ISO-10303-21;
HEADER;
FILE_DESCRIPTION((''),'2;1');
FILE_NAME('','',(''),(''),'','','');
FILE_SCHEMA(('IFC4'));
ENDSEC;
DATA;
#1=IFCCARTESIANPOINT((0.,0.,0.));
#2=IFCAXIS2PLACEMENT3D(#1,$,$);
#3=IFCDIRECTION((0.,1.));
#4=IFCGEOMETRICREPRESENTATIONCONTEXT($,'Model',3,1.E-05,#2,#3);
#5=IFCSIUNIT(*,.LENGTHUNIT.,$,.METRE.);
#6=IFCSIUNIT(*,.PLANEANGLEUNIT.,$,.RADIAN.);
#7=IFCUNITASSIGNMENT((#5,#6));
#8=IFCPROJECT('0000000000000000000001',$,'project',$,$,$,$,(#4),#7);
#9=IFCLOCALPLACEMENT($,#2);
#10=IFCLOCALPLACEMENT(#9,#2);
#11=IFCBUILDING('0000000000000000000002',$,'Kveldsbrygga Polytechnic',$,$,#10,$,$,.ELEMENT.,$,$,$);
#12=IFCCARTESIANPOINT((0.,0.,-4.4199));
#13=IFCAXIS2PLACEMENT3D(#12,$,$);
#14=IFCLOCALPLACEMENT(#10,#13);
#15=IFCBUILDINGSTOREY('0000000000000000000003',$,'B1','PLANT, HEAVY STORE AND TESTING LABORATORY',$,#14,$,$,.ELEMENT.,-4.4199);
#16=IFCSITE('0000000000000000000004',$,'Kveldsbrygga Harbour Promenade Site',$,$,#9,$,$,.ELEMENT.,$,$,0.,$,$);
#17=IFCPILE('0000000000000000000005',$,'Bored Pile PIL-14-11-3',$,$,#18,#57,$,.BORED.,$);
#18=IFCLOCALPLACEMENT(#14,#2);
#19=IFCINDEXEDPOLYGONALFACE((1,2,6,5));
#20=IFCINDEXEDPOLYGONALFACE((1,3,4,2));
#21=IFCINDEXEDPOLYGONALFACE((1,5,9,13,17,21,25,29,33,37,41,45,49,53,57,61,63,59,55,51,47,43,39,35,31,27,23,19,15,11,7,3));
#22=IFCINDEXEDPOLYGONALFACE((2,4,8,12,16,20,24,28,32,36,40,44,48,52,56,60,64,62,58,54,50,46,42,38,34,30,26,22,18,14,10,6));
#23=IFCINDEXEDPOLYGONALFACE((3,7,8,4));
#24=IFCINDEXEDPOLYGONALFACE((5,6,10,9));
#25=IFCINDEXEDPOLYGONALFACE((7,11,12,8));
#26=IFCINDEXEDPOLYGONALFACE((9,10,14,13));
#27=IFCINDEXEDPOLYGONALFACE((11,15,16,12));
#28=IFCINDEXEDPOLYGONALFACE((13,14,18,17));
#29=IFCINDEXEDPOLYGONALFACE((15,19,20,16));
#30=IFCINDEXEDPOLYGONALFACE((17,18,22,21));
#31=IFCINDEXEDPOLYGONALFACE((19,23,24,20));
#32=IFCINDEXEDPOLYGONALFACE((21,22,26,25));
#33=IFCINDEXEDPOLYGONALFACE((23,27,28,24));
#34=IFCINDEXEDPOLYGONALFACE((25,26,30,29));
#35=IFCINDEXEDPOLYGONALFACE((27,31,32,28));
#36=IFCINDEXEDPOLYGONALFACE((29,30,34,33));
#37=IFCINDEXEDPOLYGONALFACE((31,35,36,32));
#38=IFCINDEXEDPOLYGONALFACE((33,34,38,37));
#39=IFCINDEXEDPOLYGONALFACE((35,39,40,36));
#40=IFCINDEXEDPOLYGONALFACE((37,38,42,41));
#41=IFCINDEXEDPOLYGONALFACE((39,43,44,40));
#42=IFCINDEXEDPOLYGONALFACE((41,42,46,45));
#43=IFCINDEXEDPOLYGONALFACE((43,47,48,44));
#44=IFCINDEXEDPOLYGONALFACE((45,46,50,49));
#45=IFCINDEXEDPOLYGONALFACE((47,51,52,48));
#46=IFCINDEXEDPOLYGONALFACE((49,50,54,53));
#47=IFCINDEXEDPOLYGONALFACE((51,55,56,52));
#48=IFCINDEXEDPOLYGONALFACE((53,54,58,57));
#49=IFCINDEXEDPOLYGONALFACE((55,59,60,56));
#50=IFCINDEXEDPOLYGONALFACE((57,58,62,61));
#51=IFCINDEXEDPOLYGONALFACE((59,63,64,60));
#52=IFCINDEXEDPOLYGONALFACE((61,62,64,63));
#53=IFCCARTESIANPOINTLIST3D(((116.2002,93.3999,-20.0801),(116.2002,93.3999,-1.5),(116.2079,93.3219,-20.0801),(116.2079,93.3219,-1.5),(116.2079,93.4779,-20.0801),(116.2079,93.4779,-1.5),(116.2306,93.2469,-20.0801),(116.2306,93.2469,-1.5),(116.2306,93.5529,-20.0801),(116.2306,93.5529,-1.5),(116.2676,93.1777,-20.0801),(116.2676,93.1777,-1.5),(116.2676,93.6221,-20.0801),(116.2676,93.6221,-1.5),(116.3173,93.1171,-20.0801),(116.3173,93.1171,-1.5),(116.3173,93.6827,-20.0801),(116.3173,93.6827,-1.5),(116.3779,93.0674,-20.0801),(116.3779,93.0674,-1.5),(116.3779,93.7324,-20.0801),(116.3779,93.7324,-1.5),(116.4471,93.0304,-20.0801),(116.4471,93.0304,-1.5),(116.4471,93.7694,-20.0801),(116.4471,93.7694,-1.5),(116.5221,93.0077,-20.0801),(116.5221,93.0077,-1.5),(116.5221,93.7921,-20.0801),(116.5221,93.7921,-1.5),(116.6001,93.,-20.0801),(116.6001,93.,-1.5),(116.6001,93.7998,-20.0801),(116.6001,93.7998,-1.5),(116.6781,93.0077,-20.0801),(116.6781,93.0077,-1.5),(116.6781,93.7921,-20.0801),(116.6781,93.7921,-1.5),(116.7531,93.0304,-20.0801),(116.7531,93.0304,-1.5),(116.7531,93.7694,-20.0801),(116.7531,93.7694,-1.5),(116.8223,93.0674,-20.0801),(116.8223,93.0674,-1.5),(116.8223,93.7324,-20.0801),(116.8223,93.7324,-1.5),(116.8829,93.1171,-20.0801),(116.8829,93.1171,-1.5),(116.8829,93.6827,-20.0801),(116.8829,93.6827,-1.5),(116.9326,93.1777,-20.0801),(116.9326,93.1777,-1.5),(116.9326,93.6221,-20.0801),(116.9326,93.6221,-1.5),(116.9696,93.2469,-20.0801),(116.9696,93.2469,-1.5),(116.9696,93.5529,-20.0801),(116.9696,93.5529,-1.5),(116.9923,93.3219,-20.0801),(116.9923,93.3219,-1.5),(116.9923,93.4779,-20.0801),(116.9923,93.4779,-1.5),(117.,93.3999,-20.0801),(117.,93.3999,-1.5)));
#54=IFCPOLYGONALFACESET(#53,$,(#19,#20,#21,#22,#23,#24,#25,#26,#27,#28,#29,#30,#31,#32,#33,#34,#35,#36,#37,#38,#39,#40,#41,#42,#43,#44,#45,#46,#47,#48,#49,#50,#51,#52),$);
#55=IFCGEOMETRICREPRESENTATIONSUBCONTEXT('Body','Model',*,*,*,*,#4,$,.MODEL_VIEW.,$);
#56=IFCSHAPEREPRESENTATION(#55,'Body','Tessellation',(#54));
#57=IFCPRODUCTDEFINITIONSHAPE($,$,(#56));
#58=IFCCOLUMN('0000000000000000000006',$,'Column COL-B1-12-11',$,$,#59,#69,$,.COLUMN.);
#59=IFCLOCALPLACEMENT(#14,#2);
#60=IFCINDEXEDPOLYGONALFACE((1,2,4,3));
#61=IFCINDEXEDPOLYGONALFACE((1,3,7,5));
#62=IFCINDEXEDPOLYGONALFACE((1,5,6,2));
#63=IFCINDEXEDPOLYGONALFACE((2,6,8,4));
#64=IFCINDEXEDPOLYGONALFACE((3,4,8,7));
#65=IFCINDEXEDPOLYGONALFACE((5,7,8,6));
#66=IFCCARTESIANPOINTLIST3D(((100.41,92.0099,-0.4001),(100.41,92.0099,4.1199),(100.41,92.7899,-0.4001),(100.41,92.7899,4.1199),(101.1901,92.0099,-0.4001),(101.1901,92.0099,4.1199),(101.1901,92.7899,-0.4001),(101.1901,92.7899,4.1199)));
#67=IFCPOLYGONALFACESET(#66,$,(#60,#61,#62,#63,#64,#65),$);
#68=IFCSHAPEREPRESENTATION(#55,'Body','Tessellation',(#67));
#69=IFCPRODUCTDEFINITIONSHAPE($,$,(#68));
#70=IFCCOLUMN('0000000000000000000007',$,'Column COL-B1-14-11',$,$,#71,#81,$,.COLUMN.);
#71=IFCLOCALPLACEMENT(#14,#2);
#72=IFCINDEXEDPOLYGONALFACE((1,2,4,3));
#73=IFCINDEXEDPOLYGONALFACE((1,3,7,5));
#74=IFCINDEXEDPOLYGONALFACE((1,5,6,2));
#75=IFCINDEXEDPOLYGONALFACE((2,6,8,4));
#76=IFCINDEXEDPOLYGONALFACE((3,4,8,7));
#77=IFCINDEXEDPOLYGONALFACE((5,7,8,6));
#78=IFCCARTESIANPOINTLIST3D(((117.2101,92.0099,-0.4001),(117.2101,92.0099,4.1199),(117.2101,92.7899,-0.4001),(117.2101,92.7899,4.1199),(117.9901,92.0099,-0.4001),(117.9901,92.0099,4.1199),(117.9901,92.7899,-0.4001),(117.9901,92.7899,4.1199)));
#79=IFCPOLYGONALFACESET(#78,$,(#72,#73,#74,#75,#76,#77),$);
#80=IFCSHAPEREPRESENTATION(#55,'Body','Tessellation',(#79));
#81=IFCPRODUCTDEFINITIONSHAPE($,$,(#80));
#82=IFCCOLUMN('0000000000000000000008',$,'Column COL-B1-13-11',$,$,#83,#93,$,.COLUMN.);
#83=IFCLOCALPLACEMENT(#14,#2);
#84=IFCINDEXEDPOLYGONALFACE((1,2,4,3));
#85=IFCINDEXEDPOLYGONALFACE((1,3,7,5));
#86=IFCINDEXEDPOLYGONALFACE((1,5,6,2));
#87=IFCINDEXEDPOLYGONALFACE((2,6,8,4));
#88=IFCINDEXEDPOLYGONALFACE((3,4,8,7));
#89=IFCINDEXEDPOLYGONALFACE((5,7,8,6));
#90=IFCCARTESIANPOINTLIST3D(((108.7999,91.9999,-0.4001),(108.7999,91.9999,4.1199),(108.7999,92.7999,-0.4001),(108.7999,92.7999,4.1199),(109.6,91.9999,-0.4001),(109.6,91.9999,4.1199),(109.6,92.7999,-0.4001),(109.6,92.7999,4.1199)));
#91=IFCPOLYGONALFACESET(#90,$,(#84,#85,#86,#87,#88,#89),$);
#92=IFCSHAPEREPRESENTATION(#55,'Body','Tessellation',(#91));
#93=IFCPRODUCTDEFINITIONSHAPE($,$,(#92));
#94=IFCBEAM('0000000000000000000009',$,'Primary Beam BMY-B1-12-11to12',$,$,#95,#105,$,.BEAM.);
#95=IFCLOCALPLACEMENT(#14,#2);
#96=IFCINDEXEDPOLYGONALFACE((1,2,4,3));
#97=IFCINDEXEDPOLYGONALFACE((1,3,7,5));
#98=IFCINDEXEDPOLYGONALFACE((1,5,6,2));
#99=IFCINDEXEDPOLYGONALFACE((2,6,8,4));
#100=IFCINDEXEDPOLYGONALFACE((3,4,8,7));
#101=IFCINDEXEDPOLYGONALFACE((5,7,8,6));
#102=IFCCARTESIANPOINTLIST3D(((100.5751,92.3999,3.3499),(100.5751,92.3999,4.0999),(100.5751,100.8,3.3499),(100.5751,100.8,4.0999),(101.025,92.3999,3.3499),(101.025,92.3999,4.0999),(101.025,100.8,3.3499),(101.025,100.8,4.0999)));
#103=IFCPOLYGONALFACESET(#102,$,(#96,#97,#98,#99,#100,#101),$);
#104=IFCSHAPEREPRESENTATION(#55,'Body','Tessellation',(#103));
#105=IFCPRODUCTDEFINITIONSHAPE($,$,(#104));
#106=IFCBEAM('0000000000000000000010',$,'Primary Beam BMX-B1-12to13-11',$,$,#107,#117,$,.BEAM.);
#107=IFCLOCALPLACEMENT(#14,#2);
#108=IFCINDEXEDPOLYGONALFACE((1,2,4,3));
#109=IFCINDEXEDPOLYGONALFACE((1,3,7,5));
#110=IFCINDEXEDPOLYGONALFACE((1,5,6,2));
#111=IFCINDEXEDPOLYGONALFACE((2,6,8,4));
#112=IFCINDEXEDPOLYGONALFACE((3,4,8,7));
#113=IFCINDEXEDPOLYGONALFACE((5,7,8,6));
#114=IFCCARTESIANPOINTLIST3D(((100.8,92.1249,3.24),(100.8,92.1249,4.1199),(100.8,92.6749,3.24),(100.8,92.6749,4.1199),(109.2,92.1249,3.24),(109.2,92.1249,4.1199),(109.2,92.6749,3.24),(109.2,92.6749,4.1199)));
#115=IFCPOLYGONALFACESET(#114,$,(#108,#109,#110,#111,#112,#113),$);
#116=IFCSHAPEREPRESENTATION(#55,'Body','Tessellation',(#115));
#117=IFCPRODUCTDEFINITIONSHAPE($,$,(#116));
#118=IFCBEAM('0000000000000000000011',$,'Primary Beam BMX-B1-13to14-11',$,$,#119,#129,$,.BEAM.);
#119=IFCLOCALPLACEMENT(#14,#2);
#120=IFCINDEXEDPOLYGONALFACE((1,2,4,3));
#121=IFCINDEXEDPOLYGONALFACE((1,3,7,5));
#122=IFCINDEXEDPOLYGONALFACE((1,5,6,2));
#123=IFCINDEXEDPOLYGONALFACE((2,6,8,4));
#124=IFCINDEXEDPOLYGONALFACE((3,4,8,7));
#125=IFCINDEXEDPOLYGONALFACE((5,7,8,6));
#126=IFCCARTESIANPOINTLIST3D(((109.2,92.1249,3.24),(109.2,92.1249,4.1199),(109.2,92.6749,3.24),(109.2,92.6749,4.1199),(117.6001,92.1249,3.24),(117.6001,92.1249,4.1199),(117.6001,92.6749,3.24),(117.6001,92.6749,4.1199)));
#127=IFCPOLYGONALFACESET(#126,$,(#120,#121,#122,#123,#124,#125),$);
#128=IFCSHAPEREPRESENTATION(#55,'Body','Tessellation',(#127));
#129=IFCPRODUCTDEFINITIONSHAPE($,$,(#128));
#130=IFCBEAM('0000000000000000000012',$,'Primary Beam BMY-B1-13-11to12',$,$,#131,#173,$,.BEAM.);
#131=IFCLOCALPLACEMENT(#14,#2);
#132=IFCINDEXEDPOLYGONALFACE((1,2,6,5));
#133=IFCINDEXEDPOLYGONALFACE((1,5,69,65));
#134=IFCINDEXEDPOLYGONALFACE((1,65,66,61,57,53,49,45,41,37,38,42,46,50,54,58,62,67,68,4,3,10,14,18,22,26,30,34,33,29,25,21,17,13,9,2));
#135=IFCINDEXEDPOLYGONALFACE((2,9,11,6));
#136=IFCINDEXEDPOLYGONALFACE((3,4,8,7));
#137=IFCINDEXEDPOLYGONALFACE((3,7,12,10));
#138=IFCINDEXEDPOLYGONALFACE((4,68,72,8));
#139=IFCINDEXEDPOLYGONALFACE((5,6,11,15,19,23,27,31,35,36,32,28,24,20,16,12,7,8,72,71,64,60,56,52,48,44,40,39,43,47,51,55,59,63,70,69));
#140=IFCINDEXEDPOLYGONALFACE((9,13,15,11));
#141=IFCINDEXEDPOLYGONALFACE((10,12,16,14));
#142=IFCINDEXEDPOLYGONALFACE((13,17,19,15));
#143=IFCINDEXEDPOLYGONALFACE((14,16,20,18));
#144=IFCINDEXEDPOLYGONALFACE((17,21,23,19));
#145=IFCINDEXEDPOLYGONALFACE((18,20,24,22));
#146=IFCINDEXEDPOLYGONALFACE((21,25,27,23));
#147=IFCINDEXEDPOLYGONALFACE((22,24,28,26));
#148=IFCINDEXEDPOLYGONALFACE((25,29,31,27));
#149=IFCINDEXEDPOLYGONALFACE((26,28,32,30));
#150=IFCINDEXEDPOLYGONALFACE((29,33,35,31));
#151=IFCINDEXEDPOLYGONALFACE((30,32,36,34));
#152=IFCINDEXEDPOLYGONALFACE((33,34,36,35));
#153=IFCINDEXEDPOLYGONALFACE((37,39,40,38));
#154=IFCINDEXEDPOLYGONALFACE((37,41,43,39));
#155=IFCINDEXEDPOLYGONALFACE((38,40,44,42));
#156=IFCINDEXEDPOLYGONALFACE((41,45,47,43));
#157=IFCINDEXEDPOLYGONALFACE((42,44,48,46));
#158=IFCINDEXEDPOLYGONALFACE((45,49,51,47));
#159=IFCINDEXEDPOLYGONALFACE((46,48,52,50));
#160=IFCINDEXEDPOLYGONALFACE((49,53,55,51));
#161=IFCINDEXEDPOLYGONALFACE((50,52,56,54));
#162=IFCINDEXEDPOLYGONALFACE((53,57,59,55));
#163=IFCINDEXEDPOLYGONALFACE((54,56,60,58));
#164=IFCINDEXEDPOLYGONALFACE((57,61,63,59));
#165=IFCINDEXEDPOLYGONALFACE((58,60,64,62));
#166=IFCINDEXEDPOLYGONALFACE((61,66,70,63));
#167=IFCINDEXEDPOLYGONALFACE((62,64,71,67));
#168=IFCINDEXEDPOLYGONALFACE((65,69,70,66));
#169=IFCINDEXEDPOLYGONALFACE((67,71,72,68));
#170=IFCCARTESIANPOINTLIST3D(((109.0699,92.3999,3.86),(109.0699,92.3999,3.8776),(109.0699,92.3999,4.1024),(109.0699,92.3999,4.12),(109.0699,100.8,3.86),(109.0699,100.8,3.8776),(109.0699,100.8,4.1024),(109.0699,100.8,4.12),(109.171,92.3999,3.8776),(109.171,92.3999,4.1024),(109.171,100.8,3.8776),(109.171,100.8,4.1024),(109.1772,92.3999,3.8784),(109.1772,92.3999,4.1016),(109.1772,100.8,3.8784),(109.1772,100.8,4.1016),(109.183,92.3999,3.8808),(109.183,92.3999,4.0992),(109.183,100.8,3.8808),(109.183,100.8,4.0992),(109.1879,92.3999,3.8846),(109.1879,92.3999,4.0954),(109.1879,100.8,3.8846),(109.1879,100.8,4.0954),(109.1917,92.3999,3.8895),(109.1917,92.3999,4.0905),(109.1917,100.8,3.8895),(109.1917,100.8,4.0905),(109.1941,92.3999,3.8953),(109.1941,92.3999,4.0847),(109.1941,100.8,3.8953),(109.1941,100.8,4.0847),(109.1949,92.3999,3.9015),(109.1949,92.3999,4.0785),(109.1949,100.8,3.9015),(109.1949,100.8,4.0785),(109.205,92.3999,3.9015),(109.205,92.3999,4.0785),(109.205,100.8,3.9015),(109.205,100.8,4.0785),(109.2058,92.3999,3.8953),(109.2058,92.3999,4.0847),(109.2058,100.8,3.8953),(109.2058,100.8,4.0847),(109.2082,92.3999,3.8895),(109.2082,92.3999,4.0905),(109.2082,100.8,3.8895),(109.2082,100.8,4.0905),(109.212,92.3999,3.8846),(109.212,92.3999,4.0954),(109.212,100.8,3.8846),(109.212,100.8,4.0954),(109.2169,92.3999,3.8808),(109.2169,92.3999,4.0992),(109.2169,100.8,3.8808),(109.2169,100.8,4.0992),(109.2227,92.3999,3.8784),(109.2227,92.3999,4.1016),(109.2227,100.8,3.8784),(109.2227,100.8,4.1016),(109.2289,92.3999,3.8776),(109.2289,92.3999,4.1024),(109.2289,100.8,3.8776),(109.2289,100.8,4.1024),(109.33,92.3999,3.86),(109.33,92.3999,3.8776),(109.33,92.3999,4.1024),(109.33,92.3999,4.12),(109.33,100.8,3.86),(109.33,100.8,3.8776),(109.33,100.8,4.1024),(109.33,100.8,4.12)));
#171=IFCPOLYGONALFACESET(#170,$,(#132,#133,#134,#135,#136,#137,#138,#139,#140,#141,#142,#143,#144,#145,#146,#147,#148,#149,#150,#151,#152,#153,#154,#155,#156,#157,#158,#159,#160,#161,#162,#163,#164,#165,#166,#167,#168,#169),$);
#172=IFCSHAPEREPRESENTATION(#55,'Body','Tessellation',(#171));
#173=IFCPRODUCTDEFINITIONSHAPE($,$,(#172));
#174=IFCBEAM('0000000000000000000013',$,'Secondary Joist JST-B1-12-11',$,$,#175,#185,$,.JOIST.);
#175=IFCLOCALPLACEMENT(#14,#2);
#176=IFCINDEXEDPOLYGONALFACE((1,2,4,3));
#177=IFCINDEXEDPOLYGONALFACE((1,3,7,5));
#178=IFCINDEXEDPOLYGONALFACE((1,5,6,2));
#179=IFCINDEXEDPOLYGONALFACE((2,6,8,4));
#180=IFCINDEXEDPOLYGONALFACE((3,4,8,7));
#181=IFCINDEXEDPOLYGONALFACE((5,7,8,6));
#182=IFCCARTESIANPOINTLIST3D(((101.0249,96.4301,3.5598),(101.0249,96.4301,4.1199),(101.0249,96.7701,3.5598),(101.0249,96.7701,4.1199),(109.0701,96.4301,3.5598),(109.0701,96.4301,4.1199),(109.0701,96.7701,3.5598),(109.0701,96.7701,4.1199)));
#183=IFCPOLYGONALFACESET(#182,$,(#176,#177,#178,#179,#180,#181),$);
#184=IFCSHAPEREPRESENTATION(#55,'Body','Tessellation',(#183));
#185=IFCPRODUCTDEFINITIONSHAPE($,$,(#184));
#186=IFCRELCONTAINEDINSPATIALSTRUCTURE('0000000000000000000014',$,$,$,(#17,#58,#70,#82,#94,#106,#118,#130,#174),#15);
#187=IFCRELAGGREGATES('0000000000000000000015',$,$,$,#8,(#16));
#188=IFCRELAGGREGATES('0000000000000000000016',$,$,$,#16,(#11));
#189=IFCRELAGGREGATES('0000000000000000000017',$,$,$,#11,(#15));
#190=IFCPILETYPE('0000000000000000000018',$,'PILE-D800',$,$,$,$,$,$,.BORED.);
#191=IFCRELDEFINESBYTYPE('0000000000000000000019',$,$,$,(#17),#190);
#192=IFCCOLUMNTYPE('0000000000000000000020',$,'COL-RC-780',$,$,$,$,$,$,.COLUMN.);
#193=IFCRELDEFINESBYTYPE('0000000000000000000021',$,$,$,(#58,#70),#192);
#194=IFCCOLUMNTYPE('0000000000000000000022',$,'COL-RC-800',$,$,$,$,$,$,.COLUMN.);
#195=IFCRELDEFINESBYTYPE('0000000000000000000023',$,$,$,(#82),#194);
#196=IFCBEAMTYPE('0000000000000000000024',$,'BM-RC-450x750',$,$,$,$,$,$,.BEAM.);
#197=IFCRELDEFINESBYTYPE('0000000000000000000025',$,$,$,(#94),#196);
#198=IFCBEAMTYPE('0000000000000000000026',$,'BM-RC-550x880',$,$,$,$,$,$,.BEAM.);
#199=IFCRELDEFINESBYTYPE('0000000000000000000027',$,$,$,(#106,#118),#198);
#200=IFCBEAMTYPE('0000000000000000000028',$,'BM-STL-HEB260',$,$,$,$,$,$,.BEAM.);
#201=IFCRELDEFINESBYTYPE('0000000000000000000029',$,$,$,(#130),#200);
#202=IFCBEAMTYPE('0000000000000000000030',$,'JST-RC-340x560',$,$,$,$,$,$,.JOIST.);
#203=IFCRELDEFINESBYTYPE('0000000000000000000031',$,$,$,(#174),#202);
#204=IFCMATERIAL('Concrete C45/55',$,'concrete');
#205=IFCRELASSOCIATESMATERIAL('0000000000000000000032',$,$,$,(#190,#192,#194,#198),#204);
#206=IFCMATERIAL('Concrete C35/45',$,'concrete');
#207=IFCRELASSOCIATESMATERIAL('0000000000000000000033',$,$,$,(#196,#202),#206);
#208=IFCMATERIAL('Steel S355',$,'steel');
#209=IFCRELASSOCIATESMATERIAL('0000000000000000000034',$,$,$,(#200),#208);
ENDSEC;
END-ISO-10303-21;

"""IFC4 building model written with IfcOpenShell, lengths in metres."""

from ifc_helpers import new_model, si_unit, direction, frame, origin, origin_2d, place, context, subcontext, project, spatial, rectangle, circle, i_section, extrude, material, material_profile, profile_set, type_object, element, save


model = new_model("IFC4")

# Units and contexts
model_context = context("Model", 3, precision=1e-05, world=origin(), true_north=direction((0.0, 1.0)))
body_context = subcontext(model_context, "Body", "Model", "MODEL_VIEW")
ifc_project = project(units=[si_unit("LENGTHUNIT", "METRE"), si_unit("PLANEANGLEUNIT", "RADIAN")], contexts=[model_context])

# Site, building, storey
site_placement = place(None, origin())
site = spatial("IfcSite", under=ifc_project, at=site_placement, Name="Kveldsbrygga Harbour Promenade Site", CompositionType="ELEMENT", RefElevation=0.0)
building_placement = place(site_placement, origin())
building = spatial("IfcBuilding", under=site, at=building_placement, Name="Kveldsbrygga Polytechnic", CompositionType="ELEMENT")
storey_placement = place(building_placement, frame((0.0, 0.0, -4.4199)))
storey = spatial("IfcBuildingStorey", under=building, at=storey_placement, Name="B1", Description="PLANT, HEAVY STORE AND TESTING LABORATORY", CompositionType="ELEMENT", Elevation=-4.4199)

# Shared definitions
ifc_material_1 = material(Name="Concrete C45/55", Category="concrete")

# Pile
ifc_material_profile_1 = material_profile(ifc_material_1, circle(Radius=0.3999, at=origin_2d()), Name="PILE D800")
ifc_profile_set_1 = profile_set([ifc_material_profile_1], Name="Concrete C45/55")
pile_type = type_object("IfcPileType", Name="PILE-D800", PredefinedType="BORED", material=ifc_profile_set_1)
for number, where, z_axis, x_axis, name in (
    (1, (116.6001, 93.3999, -1.5), (0.0, 0.0, -1.0), (1.0, 0.0, 0.0), "Bored Pile PIL-14-11-3"),
):
    element("IfcPile", number, at=place(storey_placement, frame(where, z_axis=z_axis, x_axis=x_axis)), inside=storey, type_object=pile_type, Name=name, PredefinedType="BORED", context=body_context, shape_type="SweptSolid", body=[
        extrude(circle(Radius=0.3999, at=origin_2d()), origin(), (0.0, 0.0, 1.0), 18.5801),
    ])

# Columns
ifc_material_profile_2 = material_profile(ifc_material_1, rectangle(XDim=0.78, YDim=0.78, at=origin_2d()), Name="RC 780x780")
ifc_profile_set_2 = profile_set([ifc_material_profile_2], Name="Concrete C45/55")
column_type_1 = type_object("IfcColumnType", Name="COL-RC-780", PredefinedType="COLUMN", material=ifc_profile_set_2)
for number, where, z_axis, x_axis, name in (
    (2, (100.8, 92.3999, -0.4001), (0.0, 0.0, 1.0), (1.0, 0.0, 0.0), "Column COL-B1-12-11"),
    (3, (117.6001, 92.3999, -0.4001), (0.0, 0.0, 1.0), (1.0, 0.0, 0.0), "Column COL-B1-14-11"),
):
    element("IfcColumn", number, at=place(storey_placement, frame(where, z_axis=z_axis, x_axis=x_axis)), inside=storey, type_object=column_type_1, Name=name, PredefinedType="COLUMN", context=body_context, shape_type="SweptSolid", body=[
        extrude(rectangle(XDim=0.78, YDim=0.78, at=origin_2d()), origin(), (0.0, 0.0, 1.0), 4.52),
    ])
ifc_material_profile_3 = material_profile(ifc_material_1, rectangle(XDim=0.8, YDim=0.8, at=origin_2d()), Name="RC 800x800")
ifc_profile_set_3 = profile_set([ifc_material_profile_3], Name="Concrete C45/55")
column_type_2 = type_object("IfcColumnType", Name="COL-RC-800", PredefinedType="COLUMN", material=ifc_profile_set_3)
column_placement = place(storey_placement, frame((109.2, 92.3999, -0.4001), z_axis=(0.0, 0.0, 1.0), x_axis=(1.0, 0.0, 0.0)))
element("IfcColumn", 4, at=column_placement, inside=storey, type_object=column_type_2, Name="Column COL-B1-13-11", PredefinedType="COLUMN", context=body_context, shape_type="SweptSolid", body=[
    extrude(rectangle(XDim=0.8, YDim=0.8, at=origin_2d()), origin(), (0.0, 0.0, 1.0), 4.52),
])

# Beams
ifc_material_2 = material(Name="Concrete C35/45", Category="concrete")
ifc_material_profile_4 = material_profile(ifc_material_2, rectangle(XDim=0.45, YDim=0.75, at=origin_2d()), Name="RC 450x750")
ifc_profile_set_4 = profile_set([ifc_material_profile_4], Name="Concrete C35/45")
beam_type_1 = type_object("IfcBeamType", Name="BM-RC-450x750", PredefinedType="BEAM", material=ifc_profile_set_4)
beam_1_placement = place(storey_placement, frame((100.8, 92.3999, 3.7249), z_axis=(0.0, 1.0, 0.0), x_axis=(-1.0, 0.0, 0.0)))
element("IfcBeam", 5, at=beam_1_placement, inside=storey, type_object=beam_type_1, Name="Primary Beam BMY-B1-12-11to12", PredefinedType="BEAM", context=body_context, shape_type="SweptSolid", body=[
    extrude(rectangle(XDim=0.45, YDim=0.75, at=origin_2d()), origin(), (0.0, 0.0, 1.0), 8.4001),
])
ifc_material_profile_5 = material_profile(ifc_material_1, rectangle(XDim=0.55, YDim=0.8799, at=origin_2d()), Name="RC 550x880")
ifc_profile_set_5 = profile_set([ifc_material_profile_5], Name="Concrete C45/55")
beam_type_2 = type_object("IfcBeamType", Name="BM-RC-550x880", PredefinedType="BEAM", material=ifc_profile_set_5)
beam_2_placement = place(storey_placement, frame((100.8, 92.3999, 3.6799), z_axis=(1.0, 0.0, 0.0), x_axis=(0.0, 1.0, 0.0)))
element("IfcBeam", 6, at=beam_2_placement, inside=storey, type_object=beam_type_2, Name="Primary Beam BMX-B1-12to13-11", PredefinedType="BEAM", context=body_context, shape_type="SweptSolid", body=[
    extrude(rectangle(XDim=0.55, YDim=0.8799, at=origin_2d()), origin(), (0.0, 0.0, 1.0), 8.3999),
])
beam_3_placement = place(storey_placement, frame((109.2, 92.3999, 3.6799), z_axis=(1.0, 0.0, 0.0), x_axis=(0.0, 1.0, 0.0)))
element("IfcBeam", 7, at=beam_3_placement, inside=storey, type_object=beam_type_2, Name="Primary Beam BMX-B1-13to14-11", PredefinedType="BEAM", context=body_context, shape_type="SweptSolid", body=[
    extrude(rectangle(XDim=0.55, YDim=0.8799, at=origin_2d()), origin(), (0.0, 0.0, 1.0), 8.4001),
])
ifc_material_3 = material(Name="Steel S355", Category="steel")
ifc_material_profile_6 = material_profile(ifc_material_3, i_section(OverallWidth=0.26, OverallDepth=0.26, WebThickness=0.01, FlangeThickness=0.0176, FilletRadius=0.0239, at=origin_2d()), Name="HEB 260")
ifc_profile_set_6 = profile_set([ifc_material_profile_6], Name="Steel S355")
beam_type_3 = type_object("IfcBeamType", Name="BM-STL-HEB260", PredefinedType="BEAM", material=ifc_profile_set_6)
beam_4_placement = place(storey_placement, frame((109.2, 92.3999, 3.99), z_axis=(0.0, 1.0, 0.0), x_axis=(-1.0, 0.0, 0.0)))
element("IfcBeam", 8, at=beam_4_placement, inside=storey, type_object=beam_type_3, Name="Primary Beam BMY-B1-13-11to12", PredefinedType="BEAM", context=body_context, shape_type="SweptSolid", body=[
    extrude(i_section(OverallWidth=0.26, OverallDepth=0.26, WebThickness=0.01, FlangeThickness=0.0176, FilletRadius=0.0239, at=origin_2d()), origin(), (0.0, 0.0, 1.0), 8.4001),
])
ifc_material_profile_7 = material_profile(ifc_material_2, rectangle(XDim=0.3401, YDim=0.5601, at=origin_2d()), Name="RC 340x560")
ifc_profile_set_7 = profile_set([ifc_material_profile_7], Name="Concrete C35/45")
beam_type_4 = type_object("IfcBeamType", Name="JST-RC-340x560", PredefinedType="JOIST", material=ifc_profile_set_7)
beam_5_placement = place(storey_placement, frame((101.0249, 96.6001, 3.8398), z_axis=(1.0, 0.0, 0.0), x_axis=(0.0, 1.0, 0.0)))
element("IfcBeam", 9, at=beam_5_placement, inside=storey, type_object=beam_type_4, Name="Secondary Joist JST-B1-12-11", PredefinedType="JOIST", context=body_context, shape_type="SweptSolid", body=[
    extrude(rectangle(XDim=0.3401, YDim=0.5601, at=origin_2d()), origin(), (0.0, 0.0, 1.0), 8.0452),
])

save(model, "model.ifc")
